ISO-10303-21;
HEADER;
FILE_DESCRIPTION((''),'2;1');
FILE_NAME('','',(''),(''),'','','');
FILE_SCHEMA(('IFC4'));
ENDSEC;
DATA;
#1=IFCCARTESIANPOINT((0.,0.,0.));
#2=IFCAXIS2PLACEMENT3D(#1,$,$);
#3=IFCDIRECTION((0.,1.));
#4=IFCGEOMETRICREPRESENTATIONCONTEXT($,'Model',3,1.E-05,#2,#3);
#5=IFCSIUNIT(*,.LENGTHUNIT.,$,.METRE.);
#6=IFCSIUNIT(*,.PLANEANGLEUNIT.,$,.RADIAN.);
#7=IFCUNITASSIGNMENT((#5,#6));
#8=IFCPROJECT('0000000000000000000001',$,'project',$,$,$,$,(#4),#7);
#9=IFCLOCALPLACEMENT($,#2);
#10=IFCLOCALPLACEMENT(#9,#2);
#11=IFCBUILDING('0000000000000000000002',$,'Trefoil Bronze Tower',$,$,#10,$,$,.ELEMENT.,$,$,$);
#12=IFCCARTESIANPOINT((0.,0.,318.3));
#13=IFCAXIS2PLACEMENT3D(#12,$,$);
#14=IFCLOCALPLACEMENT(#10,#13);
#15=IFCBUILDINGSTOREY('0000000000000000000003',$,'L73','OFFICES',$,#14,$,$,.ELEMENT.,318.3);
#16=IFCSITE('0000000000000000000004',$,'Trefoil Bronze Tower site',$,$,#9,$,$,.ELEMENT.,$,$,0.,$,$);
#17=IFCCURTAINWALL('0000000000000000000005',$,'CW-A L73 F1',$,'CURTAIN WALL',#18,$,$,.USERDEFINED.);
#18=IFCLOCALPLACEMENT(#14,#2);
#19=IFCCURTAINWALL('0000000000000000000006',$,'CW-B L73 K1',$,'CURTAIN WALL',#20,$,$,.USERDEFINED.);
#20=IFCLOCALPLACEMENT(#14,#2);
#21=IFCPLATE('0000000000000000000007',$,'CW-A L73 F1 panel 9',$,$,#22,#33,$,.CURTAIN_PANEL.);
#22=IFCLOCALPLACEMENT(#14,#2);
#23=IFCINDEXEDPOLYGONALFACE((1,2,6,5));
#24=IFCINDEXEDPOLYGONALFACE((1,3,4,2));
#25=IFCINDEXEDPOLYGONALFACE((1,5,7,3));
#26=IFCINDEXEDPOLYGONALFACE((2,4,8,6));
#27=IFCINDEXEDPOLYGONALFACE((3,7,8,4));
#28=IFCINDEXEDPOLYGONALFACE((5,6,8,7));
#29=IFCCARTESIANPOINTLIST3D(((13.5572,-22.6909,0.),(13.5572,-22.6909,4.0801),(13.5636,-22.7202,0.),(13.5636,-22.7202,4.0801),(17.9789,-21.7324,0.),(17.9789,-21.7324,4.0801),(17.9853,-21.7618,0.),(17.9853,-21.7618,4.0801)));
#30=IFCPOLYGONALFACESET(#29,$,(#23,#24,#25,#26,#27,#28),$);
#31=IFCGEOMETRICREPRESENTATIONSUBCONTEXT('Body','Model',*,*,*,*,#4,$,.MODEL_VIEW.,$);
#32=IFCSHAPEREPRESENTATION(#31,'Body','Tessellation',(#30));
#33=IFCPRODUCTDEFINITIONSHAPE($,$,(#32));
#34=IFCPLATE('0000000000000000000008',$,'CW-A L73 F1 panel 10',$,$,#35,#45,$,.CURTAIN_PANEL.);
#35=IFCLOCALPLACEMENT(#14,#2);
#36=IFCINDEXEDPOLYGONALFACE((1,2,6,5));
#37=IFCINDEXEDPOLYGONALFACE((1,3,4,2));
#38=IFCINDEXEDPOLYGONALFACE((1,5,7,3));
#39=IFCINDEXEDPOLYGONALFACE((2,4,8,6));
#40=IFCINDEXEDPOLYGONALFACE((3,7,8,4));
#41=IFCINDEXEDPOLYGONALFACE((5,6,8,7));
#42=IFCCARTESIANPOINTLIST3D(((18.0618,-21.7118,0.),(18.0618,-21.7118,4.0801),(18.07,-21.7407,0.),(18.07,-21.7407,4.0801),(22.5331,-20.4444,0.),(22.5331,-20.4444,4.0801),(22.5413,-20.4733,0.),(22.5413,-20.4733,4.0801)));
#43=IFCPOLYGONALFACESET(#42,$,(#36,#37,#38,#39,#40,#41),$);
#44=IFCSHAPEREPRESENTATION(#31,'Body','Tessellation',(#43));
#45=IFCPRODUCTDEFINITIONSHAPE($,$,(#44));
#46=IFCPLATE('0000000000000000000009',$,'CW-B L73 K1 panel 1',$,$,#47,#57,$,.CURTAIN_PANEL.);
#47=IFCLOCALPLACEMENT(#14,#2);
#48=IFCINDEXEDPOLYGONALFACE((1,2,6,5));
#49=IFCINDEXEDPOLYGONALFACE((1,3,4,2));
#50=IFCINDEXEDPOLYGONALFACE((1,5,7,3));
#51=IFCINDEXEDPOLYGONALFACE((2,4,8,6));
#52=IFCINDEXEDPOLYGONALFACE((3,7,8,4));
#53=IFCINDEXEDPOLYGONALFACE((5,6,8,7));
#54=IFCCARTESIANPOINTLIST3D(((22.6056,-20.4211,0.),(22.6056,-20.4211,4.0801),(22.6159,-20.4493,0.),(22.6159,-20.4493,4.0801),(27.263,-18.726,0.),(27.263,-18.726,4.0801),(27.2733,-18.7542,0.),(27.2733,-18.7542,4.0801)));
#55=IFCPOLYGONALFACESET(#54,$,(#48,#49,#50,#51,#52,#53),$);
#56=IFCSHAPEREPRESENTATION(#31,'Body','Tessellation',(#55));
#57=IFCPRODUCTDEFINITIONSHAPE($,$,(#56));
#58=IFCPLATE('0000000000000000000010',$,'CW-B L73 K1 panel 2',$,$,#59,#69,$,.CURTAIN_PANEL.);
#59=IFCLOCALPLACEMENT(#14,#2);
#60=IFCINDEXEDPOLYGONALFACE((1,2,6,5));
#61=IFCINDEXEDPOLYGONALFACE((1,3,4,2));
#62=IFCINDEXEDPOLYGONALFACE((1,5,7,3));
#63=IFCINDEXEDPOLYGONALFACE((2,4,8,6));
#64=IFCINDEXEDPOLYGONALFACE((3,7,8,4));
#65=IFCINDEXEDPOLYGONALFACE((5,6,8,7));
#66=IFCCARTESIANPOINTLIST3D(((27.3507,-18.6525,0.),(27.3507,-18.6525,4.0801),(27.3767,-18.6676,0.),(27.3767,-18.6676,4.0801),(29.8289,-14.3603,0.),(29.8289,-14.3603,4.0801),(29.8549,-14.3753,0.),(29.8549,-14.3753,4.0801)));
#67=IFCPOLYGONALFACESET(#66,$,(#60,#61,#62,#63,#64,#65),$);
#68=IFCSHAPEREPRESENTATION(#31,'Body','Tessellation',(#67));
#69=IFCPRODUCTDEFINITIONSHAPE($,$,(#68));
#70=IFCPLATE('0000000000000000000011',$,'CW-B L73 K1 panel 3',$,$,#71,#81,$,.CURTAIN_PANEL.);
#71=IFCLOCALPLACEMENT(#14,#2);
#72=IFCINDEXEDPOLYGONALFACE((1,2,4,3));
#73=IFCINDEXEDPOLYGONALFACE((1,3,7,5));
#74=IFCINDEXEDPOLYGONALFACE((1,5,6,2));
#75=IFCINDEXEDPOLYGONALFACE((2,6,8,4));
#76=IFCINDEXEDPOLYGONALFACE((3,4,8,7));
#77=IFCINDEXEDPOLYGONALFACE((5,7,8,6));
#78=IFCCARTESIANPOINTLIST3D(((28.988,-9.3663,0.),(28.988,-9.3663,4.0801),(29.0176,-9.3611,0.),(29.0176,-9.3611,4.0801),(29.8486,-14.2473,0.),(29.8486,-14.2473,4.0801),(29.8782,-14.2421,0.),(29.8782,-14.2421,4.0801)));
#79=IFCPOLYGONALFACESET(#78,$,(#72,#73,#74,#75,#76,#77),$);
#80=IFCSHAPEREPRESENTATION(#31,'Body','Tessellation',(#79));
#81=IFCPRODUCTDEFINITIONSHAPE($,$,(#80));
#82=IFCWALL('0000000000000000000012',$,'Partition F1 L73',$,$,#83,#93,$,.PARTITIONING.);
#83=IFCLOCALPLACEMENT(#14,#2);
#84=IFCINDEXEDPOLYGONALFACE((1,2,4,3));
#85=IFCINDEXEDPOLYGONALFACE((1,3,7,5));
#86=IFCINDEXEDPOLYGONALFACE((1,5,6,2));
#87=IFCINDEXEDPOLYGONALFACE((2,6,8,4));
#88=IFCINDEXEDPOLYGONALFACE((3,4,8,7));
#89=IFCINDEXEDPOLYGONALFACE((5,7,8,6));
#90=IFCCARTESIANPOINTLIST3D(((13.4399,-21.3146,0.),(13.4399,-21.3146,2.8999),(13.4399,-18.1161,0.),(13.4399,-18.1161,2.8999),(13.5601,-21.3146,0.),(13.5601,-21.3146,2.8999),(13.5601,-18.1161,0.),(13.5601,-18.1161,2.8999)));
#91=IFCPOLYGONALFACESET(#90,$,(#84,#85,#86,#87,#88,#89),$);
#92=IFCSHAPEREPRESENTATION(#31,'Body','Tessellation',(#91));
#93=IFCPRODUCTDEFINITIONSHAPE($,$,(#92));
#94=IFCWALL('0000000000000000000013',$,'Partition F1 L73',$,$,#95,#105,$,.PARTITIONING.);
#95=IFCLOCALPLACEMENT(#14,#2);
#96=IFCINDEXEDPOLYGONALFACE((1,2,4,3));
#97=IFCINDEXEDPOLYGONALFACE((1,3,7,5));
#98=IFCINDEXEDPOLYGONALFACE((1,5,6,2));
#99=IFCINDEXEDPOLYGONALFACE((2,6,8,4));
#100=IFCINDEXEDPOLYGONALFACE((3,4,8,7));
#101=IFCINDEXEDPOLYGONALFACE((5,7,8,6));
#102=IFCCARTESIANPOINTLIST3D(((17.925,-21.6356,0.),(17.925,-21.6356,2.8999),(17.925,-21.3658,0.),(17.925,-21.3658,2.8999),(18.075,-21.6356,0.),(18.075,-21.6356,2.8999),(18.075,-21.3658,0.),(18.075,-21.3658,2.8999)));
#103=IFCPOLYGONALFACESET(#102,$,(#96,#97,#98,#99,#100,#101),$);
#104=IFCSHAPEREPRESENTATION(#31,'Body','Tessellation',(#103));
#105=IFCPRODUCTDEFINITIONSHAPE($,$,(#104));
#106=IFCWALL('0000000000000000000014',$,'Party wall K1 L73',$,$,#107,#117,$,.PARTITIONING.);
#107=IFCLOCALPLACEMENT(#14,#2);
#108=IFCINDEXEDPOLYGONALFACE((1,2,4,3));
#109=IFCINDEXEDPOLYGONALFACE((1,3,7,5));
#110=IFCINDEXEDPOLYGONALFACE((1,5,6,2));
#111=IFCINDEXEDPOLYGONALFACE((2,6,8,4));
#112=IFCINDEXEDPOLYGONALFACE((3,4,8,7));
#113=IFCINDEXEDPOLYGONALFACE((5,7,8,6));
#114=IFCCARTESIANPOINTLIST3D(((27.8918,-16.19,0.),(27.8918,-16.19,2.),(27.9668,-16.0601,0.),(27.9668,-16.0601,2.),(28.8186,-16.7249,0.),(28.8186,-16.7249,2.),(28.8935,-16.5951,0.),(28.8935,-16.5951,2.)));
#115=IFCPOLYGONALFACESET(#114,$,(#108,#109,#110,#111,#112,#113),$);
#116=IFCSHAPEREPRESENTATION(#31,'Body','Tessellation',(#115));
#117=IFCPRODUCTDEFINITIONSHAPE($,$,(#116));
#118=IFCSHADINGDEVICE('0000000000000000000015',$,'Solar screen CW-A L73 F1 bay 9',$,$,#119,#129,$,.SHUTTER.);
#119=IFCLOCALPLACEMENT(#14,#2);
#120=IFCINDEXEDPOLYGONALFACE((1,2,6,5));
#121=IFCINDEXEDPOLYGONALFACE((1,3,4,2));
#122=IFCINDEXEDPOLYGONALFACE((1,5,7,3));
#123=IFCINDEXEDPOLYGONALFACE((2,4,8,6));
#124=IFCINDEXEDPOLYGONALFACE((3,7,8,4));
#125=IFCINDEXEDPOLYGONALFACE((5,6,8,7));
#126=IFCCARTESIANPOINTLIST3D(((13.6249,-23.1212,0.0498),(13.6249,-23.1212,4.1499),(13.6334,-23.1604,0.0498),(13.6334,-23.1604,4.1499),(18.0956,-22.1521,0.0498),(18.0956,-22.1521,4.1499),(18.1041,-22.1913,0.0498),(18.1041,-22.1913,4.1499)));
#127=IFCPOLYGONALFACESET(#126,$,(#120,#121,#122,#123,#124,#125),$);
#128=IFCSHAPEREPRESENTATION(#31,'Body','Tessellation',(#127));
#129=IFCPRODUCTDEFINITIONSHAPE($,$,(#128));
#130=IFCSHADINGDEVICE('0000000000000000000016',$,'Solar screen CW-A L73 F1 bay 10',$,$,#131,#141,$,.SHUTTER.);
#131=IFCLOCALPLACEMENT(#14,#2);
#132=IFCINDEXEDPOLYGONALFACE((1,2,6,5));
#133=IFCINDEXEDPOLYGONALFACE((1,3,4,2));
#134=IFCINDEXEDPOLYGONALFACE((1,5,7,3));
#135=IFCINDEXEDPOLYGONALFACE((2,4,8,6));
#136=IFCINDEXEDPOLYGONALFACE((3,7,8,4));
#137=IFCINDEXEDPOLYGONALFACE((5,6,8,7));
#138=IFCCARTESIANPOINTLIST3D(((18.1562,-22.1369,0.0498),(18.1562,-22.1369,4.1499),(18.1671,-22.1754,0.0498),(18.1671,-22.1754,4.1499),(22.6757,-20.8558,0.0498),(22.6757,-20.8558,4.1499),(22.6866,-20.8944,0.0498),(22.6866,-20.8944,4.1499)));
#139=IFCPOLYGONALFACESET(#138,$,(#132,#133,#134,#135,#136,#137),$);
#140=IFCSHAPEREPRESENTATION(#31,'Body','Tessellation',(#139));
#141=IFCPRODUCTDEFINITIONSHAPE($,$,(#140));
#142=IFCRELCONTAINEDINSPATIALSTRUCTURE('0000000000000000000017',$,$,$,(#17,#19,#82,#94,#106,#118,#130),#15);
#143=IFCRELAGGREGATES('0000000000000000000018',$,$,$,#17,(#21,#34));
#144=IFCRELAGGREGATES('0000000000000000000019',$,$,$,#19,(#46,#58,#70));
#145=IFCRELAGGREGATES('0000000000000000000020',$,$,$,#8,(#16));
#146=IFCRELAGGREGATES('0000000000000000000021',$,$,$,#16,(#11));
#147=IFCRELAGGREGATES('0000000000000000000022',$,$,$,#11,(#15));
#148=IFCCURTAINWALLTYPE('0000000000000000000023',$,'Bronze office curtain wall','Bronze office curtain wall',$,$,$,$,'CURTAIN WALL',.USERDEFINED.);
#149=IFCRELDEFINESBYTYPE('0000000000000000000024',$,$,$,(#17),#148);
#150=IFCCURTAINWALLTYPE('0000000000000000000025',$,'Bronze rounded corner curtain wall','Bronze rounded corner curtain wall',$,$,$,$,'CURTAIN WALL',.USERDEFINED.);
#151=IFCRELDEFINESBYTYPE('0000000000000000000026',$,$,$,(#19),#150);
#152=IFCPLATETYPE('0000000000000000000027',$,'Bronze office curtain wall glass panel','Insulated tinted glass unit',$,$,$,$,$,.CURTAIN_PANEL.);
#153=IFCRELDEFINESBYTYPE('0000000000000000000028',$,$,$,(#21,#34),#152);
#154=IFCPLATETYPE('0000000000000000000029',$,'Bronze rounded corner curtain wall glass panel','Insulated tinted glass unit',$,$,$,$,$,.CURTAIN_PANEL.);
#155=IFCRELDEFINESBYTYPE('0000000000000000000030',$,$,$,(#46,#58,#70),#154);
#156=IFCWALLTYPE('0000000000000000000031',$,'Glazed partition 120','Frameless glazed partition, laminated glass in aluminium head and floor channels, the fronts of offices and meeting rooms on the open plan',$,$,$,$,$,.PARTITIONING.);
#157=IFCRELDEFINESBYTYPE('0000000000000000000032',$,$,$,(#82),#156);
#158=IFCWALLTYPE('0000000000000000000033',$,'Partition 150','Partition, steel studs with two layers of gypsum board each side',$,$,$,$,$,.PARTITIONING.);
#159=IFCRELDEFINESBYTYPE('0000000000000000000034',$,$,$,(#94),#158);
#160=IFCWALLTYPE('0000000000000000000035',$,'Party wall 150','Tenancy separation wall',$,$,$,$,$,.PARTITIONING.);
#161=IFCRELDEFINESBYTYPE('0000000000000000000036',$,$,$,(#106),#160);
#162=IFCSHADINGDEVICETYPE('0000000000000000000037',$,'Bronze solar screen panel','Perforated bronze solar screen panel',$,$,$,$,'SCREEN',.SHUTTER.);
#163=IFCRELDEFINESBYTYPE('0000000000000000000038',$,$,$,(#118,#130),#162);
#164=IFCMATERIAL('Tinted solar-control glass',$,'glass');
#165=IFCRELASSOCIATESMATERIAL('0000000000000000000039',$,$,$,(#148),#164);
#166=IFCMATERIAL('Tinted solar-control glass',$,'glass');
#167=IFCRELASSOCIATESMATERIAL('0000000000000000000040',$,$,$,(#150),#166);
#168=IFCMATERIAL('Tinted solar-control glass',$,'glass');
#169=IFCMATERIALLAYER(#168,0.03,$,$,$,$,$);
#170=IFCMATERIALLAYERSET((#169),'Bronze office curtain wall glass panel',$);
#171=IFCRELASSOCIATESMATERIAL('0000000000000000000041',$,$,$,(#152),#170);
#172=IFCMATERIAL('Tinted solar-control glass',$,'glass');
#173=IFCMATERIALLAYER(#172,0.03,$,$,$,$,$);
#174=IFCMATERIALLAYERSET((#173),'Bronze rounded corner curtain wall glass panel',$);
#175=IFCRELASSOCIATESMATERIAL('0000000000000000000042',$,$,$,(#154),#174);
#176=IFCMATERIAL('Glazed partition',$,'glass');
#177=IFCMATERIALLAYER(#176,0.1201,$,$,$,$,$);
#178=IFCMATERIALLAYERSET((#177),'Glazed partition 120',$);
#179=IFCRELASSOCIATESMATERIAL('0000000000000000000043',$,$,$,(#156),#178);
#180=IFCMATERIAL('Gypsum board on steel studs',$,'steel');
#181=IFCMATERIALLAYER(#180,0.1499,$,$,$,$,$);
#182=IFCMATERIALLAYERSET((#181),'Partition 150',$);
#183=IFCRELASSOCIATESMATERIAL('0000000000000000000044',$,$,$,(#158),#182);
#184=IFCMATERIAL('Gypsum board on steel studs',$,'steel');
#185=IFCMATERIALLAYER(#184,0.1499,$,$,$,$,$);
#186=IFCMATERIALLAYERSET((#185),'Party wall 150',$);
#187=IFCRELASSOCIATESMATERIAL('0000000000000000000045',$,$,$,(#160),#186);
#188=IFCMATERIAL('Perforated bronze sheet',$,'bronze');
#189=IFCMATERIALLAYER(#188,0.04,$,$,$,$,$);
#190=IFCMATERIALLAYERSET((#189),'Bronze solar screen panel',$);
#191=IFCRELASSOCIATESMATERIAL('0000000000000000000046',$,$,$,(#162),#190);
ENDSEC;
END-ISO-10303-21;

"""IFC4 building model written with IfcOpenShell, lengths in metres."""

from ifc_helpers import new_model, si_unit, direction, frame, frame_2d, origin, origin_2d, place, context, subcontext, project, spatial, rectangle, extrude, material, layer, layer_set, type_object, element, aggregate, save


model = new_model("IFC4")

# Units and contexts
model_context = context("Model", 3, precision=1e-05, world=origin(), true_north=direction((0.0, 1.0)))
body_context = subcontext(model_context, "Body", "Model", "MODEL_VIEW")
ifc_project = project(units=[si_unit("LENGTHUNIT", "METRE"), si_unit("PLANEANGLEUNIT", "RADIAN")], contexts=[model_context])

# Site, building, storey
site_placement = place(None, origin())
site = spatial("IfcSite", under=ifc_project, at=site_placement, Name="Trefoil Bronze Tower site", CompositionType="ELEMENT", RefElevation=0.0)
building_placement = place(site_placement, origin())
building = spatial("IfcBuilding", under=site, at=building_placement, Name="Trefoil Bronze Tower", CompositionType="ELEMENT")
storey_placement = place(building_placement, frame((0.0, 0.0, 318.3)))
storey = spatial("IfcBuildingStorey", under=building, at=storey_placement, Name="L73", Description="OFFICES", CompositionType="ELEMENT", Elevation=318.3)

# Curtain walls
ifc_material_1 = material(Name="Tinted solar-control glass", Category="glass")
curtain_wall_type_1 = type_object("IfcCurtainWallType", Name="Bronze office curtain wall", Description="Bronze office curtain wall", ElementType="CURTAIN WALL", PredefinedType="USERDEFINED", material=ifc_material_1)
curtain_wall_1_placement = place(storey_placement, origin())
curtain_wall_1 = element("IfcCurtainWall", 1, at=curtain_wall_1_placement, inside=storey, type_object=curtain_wall_type_1, Name="CW-A L73 F1", ObjectType="CURTAIN WALL", PredefinedType="USERDEFINED")
ifc_material_2 = material(Name="Tinted solar-control glass", Category="glass")
curtain_wall_type_2 = type_object("IfcCurtainWallType", Name="Bronze rounded corner curtain wall", Description="Bronze rounded corner curtain wall", ElementType="CURTAIN WALL", PredefinedType="USERDEFINED", material=ifc_material_2)
curtain_wall_2_placement = place(storey_placement, origin())
curtain_wall_2 = element("IfcCurtainWall", 2, at=curtain_wall_2_placement, inside=storey, type_object=curtain_wall_type_2, Name="CW-B L73 K1", ObjectType="CURTAIN WALL", PredefinedType="USERDEFINED")

# Plates
ifc_material_3 = material(Name="Tinted solar-control glass", Category="glass")
ifc_layer_1 = layer(ifc_material_3, 0.03)
ifc_layer_set_1 = layer_set([ifc_layer_1], Name="Bronze office curtain wall glass panel")
plate_type_1 = type_object("IfcPlateType", Name="Bronze office curtain wall glass panel", Description="Insulated tinted glass unit", PredefinedType="CURTAIN_PANEL", material=ifc_layer_set_1)
plate_1_placement = place(storey_placement, frame((15.7712, -22.2263, 0.0), z_axis=(0.0, 0.0, 1.0), x_axis=(0.977303, 0.211846, 0.0)))
plate_1 = element("IfcPlate", 3, at=plate_1_placement, type_object=plate_type_1, Name="CW-A L73 F1 panel 9", PredefinedType="CURTAIN_PANEL", context=body_context, shape_type="SweptSolid", body=[
    extrude(rectangle(XDim=4.5244, YDim=0.03, at=origin_2d()), origin(), (0.0, 0.0, 1.0), 4.0801),
])
plate_2_placement = place(storey_placement, frame((20.3015, -21.0925, 0.0), z_axis=(0.0, 0.0, 1.0), x_axis=(0.962098, 0.272705, 0.0)))
plate_2 = element("IfcPlate", 4, at=plate_2_placement, type_object=plate_type_1, Name="CW-A L73 F1 panel 10", PredefinedType="CURTAIN_PANEL", context=body_context, shape_type="SweptSolid", body=[
    extrude(rectangle(XDim=4.6475, YDim=0.03, at=origin_2d()), origin(), (0.0, 0.0, 1.0), 4.0801),
])
aggregate(curtain_wall_1, [plate_1, plate_2])
ifc_material_4 = material(Name="Tinted solar-control glass", Category="glass")
ifc_layer_2 = layer(ifc_material_4, 0.03)
ifc_layer_set_2 = layer_set([ifc_layer_2], Name="Bronze rounded corner curtain wall glass panel")
plate_type_2 = type_object("IfcPlateType", Name="Bronze rounded corner curtain wall glass panel", Description="Insulated tinted glass unit", PredefinedType="CURTAIN_PANEL", material=ifc_layer_set_2)
plate_3_placement = place(storey_placement, frame((24.9395, -19.5876, 0.0), z_axis=(0.0, 0.0, 1.0), x_axis=(0.939693, 0.34202, 0.0)))
plate_3 = element("IfcPlate", 5, at=plate_3_placement, type_object=plate_type_2, Name="CW-B L73 K1 panel 1", PredefinedType="CURTAIN_PANEL", context=body_context, shape_type="SweptSolid", body=[
    extrude(rectangle(XDim=4.9563, YDim=0.03, at=origin_2d()), origin(), (0.0, 0.0, 1.0), 4.0801),
])
plate_4_placement = place(storey_placement, frame((28.6028, -16.5139, 0.0), z_axis=(0.0, 0.0, 1.0), x_axis=(0.5, 0.866025, 0.0)))
plate_4 = element("IfcPlate", 6, at=plate_4_placement, type_object=plate_type_2, Name="CW-B L73 K1 panel 2", PredefinedType="CURTAIN_PANEL", context=body_context, shape_type="SweptSolid", body=[
    extrude(rectangle(XDim=4.9563, YDim=0.03, at=origin_2d()), origin(), (0.0, 0.0, 1.0), 4.0801),
])
plate_5_placement = place(storey_placement, frame((29.4331, -11.8042, 0.0), z_axis=(0.0, 0.0, 1.0), x_axis=(-0.173648, 0.984808, 0.0)))
plate_5 = element("IfcPlate", 7, at=plate_5_placement, type_object=plate_type_2, Name="CW-B L73 K1 panel 3", PredefinedType="CURTAIN_PANEL", context=body_context, shape_type="SweptSolid", body=[
    extrude(rectangle(XDim=4.9563, YDim=0.03, at=origin_2d()), origin(), (0.0, 0.0, 1.0), 4.0801),
])
aggregate(curtain_wall_2, [plate_3, plate_4, plate_5])

# Walls
ifc_material_5 = material(Name="Glazed partition", Category="glass")
ifc_layer_3 = layer(ifc_material_5, 0.1201)
ifc_layer_set_3 = layer_set([ifc_layer_3], Name="Glazed partition 120")
wall_type_1 = type_object("IfcWallType", Name="Glazed partition 120", Description="Frameless glazed partition, laminated glass in aluminium head and floor channels, the fronts of offices and meeting rooms on the open plan", PredefinedType="PARTITIONING", material=ifc_layer_set_3)
wall_1_placement = place(storey_placement, frame((13.5, -18.1162, 0.0), z_axis=(0.0, 0.0, 1.0), x_axis=(0.0, -1.0, 0.0)))
element("IfcWall", 8, at=wall_1_placement, inside=storey, type_object=wall_type_1, Name="Partition F1 L73", PredefinedType="PARTITIONING", context=body_context, shape_type="SweptSolid", body=[
    extrude(rectangle(XDim=3.1985, YDim=0.1201, at=frame_2d((1.5991, 0.0))), origin(), (0.0, 0.0, 1.0), 2.8999),
])
ifc_material_6 = material(Name="Gypsum board on steel studs", Category="steel")
ifc_layer_4 = layer(ifc_material_6, 0.1499)
ifc_layer_set_4 = layer_set([ifc_layer_4], Name="Partition 150")
wall_type_2 = type_object("IfcWallType", Name="Partition 150", Description="Partition, steel studs with two layers of gypsum board each side", PredefinedType="PARTITIONING", material=ifc_layer_set_4)
wall_2_placement = place(storey_placement, frame((18.0, -21.366, 0.0), z_axis=(0.0, 0.0, 1.0), x_axis=(0.0, -1.0, 0.0)))
element("IfcWall", 9, at=wall_2_placement, inside=storey, type_object=wall_type_2, Name="Partition F1 L73", PredefinedType="PARTITIONING", context=body_context, shape_type="SweptSolid", body=[
    extrude(rectangle(XDim=0.2698, YDim=0.1499, at=frame_2d((0.1348, 0.0))), origin(), (0.0, 0.0, 1.0), 2.8999),
])
ifc_material_7 = material(Name="Gypsum board on steel studs", Category="steel")
ifc_layer_5 = layer(ifc_material_7, 0.1499)
ifc_layer_set_5 = layer_set([ifc_layer_5], Name="Party wall 150")
wall_type_3 = type_object("IfcWallType", Name="Party wall 150", Description="Tenancy separation wall", PredefinedType="PARTITIONING", material=ifc_layer_set_5)
wall_3_placement = place(storey_placement, frame((27.9292, -16.125, 0.0), z_axis=(0.0, 0.0, 1.0), x_axis=(0.866087, -0.499894, 0.0)))
element("IfcWall", 10, at=wall_3_placement, inside=storey, type_object=wall_type_3, Name="Party wall K1 L73", PredefinedType="PARTITIONING", context=body_context, shape_type="SweptSolid", body=[
    extrude(rectangle(XDim=1.0701, YDim=0.1499, at=frame_2d((0.5352, 0.0))), origin(), (0.0, 0.0, 1.0), 2.0),
])

# Shading devices
ifc_material_8 = material(Name="Perforated bronze sheet", Category="bronze")
ifc_layer_6 = layer(ifc_material_8, 0.04)
ifc_layer_set_6 = layer_set([ifc_layer_6], Name="Bronze solar screen panel")
shading_device_type = type_object("IfcShadingDeviceType", Name="Bronze solar screen panel", Description="Perforated bronze solar screen panel", ElementType="SCREEN", PredefinedType="SHUTTER", material=ifc_layer_set_6)
shading_device_1_placement = place(storey_placement, frame((15.8645, -22.6562, 0.0498), z_axis=(0.0, 0.0, 1.0), x_axis=(0.977303, 0.211846, 0.0)))
element("IfcShadingDevice", 11, at=shading_device_1_placement, inside=storey, type_object=shading_device_type, Name="Solar screen CW-A L73 F1 bay 9", PredefinedType="SHUTTER", context=body_context, shape_type="SweptSolid", body=[
    extrude(rectangle(XDim=4.5745, YDim=0.04, at=origin_2d()), origin(), (0.0, 0.0, 1.0), 4.1001),
])
shading_device_2_placement = place(storey_placement, frame((20.4214, -21.5156, 0.0498), z_axis=(0.0, 0.0, 1.0), x_axis=(0.962098, 0.272705, 0.0)))
element("IfcShadingDevice", 12, at=shading_device_2_placement, inside=storey, type_object=shading_device_type, Name="Solar screen CW-A L73 F1 bay 10", PredefinedType="SHUTTER", context=body_context, shape_type="SweptSolid", body=[
    extrude(rectangle(XDim=4.6975, YDim=0.04, at=origin_2d()), origin(), (0.0, 0.0, 1.0), 4.1001),
])

save(model, "model.ifc")
